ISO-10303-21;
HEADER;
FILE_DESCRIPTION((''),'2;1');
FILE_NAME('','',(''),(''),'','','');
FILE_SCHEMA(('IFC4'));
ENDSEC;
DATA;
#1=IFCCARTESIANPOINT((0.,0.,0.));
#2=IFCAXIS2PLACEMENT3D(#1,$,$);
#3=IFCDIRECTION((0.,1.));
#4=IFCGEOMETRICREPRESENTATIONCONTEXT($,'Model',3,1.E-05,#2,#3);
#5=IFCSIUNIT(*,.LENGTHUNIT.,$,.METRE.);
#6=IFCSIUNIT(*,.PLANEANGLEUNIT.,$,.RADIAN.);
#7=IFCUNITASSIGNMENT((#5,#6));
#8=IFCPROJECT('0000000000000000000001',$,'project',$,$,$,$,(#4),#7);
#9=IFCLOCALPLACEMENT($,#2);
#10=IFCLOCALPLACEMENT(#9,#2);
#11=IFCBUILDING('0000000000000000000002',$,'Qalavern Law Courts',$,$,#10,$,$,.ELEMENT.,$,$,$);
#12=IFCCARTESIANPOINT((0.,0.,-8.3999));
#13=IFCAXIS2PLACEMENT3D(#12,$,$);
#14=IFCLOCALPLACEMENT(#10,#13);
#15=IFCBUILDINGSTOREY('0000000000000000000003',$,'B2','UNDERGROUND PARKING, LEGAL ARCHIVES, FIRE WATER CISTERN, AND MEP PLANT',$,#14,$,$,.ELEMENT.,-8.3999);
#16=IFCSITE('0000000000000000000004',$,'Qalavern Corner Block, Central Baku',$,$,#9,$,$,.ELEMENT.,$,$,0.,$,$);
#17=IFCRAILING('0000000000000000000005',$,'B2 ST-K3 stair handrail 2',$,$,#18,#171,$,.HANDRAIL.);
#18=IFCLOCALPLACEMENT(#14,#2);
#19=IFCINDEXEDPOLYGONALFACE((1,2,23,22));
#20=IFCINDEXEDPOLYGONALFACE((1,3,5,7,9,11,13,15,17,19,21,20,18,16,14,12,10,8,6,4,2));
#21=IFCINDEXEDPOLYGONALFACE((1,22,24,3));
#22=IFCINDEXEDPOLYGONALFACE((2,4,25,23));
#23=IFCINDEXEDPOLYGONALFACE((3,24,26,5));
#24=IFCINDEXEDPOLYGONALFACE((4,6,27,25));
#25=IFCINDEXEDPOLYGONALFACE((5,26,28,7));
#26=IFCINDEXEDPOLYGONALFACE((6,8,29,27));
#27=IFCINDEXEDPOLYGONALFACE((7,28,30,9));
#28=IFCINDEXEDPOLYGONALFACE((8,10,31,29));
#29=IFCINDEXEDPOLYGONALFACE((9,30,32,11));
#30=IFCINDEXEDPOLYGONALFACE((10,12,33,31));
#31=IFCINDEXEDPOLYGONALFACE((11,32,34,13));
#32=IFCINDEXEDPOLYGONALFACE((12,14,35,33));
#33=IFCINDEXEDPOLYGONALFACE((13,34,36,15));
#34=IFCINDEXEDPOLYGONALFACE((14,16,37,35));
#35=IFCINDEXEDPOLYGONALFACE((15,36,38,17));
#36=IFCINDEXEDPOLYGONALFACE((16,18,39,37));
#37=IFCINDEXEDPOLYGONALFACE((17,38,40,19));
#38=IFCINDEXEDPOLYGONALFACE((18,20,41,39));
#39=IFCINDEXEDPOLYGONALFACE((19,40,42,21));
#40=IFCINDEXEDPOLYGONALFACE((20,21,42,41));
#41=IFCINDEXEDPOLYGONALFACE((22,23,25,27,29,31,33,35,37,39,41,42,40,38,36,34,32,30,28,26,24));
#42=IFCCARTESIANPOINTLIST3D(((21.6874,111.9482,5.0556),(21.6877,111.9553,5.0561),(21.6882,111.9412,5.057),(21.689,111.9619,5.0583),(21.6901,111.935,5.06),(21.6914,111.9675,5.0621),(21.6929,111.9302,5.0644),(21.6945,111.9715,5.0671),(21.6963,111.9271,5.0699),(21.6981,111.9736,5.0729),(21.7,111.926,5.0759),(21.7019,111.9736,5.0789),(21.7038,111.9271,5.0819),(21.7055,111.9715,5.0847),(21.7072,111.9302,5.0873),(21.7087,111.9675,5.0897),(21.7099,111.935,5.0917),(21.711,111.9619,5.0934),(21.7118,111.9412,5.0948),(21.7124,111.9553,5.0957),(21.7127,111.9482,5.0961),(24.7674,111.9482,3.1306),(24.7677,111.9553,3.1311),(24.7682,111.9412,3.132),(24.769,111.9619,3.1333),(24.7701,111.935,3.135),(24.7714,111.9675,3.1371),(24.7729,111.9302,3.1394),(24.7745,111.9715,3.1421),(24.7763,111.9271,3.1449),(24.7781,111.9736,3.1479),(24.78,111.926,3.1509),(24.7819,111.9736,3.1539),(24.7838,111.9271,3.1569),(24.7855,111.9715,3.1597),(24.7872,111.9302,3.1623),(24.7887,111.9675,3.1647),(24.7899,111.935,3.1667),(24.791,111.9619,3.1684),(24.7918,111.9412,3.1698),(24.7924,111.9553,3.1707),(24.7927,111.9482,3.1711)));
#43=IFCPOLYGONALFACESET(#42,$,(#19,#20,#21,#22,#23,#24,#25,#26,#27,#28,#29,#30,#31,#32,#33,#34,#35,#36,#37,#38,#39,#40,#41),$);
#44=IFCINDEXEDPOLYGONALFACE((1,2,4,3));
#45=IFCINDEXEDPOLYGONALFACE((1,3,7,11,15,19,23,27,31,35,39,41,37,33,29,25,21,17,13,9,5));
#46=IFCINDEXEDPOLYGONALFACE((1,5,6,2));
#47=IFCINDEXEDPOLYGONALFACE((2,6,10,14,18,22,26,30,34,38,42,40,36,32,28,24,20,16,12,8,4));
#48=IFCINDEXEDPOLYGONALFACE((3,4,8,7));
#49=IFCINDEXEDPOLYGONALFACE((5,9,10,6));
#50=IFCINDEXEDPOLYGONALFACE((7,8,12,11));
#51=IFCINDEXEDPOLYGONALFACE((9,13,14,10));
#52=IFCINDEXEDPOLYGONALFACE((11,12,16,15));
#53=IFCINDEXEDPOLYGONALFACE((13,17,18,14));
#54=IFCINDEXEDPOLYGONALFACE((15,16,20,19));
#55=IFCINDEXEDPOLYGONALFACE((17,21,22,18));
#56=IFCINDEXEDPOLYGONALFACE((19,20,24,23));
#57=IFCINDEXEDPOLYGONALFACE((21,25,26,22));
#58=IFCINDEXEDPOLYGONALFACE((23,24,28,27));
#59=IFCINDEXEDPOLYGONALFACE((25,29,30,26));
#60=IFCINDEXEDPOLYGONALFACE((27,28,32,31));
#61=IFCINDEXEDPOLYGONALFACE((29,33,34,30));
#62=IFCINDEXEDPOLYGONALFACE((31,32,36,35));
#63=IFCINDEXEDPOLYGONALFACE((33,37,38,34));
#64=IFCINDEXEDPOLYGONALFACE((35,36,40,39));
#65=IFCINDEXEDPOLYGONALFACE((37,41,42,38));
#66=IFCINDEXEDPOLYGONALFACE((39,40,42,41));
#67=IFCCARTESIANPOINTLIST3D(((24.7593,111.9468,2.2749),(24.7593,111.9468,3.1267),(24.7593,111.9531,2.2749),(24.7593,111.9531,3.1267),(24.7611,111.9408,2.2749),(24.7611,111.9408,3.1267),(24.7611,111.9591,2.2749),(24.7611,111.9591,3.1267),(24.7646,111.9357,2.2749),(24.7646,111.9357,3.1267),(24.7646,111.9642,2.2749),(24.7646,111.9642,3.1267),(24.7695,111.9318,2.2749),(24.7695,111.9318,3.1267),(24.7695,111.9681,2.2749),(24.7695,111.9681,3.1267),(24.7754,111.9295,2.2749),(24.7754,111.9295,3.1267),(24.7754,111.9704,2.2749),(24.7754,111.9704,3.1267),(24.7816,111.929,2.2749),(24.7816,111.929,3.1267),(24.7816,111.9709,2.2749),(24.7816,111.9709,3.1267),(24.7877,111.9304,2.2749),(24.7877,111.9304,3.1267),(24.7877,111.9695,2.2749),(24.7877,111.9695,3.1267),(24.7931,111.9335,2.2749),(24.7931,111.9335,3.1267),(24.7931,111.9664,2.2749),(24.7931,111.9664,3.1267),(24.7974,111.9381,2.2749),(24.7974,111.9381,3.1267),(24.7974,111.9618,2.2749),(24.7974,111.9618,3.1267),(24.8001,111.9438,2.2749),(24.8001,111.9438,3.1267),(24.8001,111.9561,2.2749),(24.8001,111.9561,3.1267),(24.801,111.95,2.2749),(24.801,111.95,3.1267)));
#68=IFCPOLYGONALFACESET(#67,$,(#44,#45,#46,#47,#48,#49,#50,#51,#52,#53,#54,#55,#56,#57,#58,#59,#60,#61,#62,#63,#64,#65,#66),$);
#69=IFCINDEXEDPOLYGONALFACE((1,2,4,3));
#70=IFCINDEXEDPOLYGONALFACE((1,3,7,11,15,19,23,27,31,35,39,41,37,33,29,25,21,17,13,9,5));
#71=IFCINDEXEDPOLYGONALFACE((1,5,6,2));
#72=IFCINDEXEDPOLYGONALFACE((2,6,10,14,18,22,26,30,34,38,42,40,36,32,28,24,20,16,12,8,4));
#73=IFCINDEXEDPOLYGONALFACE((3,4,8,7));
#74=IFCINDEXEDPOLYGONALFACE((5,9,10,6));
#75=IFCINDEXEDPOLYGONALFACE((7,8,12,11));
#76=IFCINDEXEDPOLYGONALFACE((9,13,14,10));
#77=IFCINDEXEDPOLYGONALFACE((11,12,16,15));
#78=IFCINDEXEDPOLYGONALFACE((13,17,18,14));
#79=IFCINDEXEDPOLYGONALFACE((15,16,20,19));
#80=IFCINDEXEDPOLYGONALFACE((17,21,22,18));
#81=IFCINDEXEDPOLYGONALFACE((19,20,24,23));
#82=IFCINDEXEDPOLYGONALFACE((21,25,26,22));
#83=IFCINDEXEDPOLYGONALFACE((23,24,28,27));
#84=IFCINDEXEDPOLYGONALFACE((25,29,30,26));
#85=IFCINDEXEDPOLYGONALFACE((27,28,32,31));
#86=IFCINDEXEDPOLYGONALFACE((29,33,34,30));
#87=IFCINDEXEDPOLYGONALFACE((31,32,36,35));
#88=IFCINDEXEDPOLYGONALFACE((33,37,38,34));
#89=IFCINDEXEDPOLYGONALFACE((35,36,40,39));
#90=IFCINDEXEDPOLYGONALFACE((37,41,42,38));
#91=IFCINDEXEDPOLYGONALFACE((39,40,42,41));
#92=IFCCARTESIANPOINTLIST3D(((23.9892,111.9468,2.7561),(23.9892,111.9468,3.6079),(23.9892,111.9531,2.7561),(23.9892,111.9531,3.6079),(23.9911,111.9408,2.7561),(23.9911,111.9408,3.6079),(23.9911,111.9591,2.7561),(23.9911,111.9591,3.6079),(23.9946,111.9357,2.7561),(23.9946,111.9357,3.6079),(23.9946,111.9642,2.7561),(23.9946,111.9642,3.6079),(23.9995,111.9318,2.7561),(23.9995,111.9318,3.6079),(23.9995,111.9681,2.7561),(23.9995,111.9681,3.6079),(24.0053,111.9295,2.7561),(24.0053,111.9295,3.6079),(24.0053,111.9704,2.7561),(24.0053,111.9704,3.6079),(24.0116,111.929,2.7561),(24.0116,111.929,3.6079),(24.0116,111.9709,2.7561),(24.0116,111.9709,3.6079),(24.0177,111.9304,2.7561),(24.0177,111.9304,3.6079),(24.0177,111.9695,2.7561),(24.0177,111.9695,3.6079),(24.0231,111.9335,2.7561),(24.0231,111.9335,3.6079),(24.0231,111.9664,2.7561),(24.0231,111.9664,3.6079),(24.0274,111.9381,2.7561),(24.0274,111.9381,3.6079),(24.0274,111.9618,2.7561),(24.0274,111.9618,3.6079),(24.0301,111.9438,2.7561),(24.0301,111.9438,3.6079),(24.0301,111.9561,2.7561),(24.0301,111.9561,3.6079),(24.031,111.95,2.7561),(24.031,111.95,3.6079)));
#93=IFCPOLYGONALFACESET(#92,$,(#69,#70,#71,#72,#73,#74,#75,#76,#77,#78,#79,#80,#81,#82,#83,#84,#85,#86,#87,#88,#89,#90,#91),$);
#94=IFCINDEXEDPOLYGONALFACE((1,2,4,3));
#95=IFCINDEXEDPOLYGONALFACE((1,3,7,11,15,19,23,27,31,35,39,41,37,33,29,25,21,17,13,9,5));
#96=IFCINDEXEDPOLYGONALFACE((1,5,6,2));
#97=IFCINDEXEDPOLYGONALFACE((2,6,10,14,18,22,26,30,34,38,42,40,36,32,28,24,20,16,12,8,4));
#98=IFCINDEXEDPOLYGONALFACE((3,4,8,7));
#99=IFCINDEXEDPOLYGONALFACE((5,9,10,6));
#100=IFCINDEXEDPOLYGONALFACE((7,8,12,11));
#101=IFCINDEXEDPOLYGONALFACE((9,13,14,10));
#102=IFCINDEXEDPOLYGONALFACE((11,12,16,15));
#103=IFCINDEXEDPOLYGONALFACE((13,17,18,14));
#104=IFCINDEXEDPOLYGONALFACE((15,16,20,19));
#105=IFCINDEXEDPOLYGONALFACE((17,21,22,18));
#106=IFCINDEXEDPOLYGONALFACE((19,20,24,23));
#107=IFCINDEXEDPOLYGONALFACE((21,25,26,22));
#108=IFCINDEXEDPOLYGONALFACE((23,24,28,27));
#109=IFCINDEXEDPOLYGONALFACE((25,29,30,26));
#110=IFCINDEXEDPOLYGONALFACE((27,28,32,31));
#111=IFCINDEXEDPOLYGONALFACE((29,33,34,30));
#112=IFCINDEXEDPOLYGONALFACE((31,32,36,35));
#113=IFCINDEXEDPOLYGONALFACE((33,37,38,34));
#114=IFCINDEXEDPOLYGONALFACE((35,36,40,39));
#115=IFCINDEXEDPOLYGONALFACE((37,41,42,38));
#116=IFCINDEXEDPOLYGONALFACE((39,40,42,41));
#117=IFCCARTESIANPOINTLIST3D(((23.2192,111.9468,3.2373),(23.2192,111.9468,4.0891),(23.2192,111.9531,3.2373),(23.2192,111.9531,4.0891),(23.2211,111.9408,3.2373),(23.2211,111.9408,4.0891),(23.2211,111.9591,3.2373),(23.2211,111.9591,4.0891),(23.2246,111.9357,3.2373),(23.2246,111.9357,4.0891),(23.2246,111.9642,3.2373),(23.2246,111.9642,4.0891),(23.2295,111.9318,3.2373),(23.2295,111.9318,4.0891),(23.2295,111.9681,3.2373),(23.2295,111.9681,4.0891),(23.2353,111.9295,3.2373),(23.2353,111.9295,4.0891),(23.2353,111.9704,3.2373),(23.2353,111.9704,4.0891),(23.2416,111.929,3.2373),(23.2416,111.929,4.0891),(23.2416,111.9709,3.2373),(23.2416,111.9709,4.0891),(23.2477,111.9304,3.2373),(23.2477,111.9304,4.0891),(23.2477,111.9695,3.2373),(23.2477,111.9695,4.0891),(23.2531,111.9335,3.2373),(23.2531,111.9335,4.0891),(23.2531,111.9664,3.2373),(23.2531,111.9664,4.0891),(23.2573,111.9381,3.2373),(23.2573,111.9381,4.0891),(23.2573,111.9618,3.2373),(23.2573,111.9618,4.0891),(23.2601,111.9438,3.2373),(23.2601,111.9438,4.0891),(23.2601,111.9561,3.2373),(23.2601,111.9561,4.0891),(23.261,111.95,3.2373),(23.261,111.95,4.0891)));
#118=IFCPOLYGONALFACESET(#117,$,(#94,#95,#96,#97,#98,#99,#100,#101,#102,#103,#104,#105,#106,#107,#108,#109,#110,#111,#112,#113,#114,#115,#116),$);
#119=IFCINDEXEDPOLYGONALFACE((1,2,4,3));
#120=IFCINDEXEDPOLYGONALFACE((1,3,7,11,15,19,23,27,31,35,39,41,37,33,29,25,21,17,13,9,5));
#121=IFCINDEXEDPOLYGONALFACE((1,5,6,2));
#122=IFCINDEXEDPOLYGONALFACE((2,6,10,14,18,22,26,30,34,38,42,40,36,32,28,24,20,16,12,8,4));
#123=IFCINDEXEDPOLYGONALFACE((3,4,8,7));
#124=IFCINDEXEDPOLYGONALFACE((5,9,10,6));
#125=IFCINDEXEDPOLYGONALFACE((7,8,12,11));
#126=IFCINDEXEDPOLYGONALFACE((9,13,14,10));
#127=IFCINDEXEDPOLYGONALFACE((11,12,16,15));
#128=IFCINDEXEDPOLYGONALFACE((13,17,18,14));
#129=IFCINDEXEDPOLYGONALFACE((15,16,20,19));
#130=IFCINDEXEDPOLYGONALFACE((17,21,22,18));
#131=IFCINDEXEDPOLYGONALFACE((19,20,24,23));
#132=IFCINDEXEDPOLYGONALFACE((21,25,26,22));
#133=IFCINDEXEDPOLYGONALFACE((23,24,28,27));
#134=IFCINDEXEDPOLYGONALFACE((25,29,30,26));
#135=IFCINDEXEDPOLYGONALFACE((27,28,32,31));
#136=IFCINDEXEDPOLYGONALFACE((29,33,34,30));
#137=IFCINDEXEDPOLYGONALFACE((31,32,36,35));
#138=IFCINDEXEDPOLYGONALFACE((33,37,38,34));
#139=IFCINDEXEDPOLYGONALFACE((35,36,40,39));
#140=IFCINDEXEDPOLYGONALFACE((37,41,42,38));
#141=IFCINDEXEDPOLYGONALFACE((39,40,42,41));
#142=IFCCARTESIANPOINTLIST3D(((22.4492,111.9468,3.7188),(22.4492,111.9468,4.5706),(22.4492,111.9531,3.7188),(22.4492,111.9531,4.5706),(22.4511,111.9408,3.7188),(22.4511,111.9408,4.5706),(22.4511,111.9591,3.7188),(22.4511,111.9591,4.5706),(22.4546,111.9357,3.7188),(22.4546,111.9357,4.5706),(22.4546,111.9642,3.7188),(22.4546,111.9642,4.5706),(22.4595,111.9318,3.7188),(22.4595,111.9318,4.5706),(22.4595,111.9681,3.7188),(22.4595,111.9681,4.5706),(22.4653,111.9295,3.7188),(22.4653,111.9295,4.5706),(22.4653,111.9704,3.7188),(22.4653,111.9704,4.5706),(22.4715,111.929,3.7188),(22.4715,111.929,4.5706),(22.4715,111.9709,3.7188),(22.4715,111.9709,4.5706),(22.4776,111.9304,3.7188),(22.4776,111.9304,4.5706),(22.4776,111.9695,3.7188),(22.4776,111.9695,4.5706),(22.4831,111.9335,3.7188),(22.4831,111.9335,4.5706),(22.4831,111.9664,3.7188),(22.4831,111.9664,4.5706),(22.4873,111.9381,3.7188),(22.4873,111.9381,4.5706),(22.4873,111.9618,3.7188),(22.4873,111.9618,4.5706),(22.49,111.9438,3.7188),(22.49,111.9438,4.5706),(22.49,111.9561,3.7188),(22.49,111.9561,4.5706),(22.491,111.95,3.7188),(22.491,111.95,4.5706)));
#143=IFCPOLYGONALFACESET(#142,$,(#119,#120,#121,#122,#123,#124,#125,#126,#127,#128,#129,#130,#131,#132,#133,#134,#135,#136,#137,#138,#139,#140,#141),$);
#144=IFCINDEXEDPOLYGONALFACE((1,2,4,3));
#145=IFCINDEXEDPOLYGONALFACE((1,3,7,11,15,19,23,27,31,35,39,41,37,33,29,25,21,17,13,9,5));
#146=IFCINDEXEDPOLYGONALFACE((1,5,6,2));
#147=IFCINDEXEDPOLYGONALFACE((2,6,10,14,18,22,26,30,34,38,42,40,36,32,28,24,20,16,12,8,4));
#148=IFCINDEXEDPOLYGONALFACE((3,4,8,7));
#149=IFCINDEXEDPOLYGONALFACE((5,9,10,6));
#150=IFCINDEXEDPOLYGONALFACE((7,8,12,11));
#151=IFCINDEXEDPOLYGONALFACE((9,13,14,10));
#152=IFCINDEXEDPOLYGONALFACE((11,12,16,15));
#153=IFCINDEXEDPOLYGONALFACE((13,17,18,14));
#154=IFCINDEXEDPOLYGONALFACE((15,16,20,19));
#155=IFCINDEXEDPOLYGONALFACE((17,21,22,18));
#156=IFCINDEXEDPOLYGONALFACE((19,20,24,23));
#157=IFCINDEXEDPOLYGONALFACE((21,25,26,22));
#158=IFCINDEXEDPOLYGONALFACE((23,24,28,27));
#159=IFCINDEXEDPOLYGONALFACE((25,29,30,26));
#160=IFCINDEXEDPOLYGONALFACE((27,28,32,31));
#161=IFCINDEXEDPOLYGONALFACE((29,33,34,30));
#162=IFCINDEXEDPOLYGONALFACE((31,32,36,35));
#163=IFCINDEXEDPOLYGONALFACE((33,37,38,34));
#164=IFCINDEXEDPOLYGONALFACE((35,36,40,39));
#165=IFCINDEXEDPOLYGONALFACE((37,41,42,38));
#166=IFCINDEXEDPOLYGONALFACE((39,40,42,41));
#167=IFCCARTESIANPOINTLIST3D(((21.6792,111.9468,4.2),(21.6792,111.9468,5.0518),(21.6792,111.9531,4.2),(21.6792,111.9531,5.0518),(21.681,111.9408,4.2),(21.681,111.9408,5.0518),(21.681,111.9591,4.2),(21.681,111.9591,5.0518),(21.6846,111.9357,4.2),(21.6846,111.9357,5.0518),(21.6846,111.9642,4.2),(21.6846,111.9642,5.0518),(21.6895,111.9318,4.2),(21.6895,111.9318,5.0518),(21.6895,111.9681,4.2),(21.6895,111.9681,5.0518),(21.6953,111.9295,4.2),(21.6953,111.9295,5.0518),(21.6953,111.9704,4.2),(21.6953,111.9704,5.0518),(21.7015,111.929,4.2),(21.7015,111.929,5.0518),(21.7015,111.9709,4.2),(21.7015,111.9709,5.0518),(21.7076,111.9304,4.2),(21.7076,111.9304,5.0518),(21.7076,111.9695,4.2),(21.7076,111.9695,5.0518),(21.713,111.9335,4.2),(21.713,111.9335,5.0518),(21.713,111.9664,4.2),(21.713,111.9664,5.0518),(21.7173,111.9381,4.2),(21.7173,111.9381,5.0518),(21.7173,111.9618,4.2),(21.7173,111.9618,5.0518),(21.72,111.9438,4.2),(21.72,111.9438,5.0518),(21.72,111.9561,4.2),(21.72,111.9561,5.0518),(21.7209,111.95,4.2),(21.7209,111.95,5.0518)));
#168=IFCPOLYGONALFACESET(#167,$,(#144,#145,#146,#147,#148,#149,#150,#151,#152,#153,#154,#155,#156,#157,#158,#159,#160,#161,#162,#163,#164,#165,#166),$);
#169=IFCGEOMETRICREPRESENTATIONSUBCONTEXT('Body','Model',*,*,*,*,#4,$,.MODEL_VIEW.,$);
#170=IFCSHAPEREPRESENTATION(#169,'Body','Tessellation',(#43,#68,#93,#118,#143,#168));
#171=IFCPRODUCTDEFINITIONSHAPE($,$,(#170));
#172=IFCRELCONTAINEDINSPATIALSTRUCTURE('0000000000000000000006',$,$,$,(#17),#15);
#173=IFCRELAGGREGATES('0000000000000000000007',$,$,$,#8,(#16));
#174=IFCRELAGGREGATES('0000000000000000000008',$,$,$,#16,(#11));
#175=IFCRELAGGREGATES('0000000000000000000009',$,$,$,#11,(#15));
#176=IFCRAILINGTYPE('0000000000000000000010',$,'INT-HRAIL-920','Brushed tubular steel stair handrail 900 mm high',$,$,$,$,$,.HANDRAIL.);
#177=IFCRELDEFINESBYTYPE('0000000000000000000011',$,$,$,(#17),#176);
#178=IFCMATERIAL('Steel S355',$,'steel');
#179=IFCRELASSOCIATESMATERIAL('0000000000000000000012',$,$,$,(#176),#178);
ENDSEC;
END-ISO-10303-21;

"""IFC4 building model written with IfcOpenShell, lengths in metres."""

from ifc_helpers import new_model, si_unit, direction, frame, origin, origin_2d, place, context, subcontext, project, spatial, circle, extrude, material, type_object, element, save


model = new_model("IFC4")

# Units and contexts
model_context = context("Model", 3, precision=1e-05, world=origin(), true_north=direction((0.0, 1.0)))
body_context = subcontext(model_context, "Body", "Model", "MODEL_VIEW")
ifc_project = project(units=[si_unit("LENGTHUNIT", "METRE"), si_unit("PLANEANGLEUNIT", "RADIAN")], contexts=[model_context])

# Site, building, storey
site_placement = place(None, origin())
site = spatial("IfcSite", under=ifc_project, at=site_placement, Name="Qalavern Corner Block, Central Baku", CompositionType="ELEMENT", RefElevation=0.0)
building_placement = place(site_placement, origin())
building = spatial("IfcBuilding", under=site, at=building_placement, Name="Qalavern Law Courts", CompositionType="ELEMENT")
storey_placement = place(building_placement, frame((0.0, 0.0, -8.3999)))
storey = spatial("IfcBuildingStorey", under=building, at=storey_placement, Name="B2", Description="UNDERGROUND PARKING, LEGAL ARCHIVES, FIRE WATER CISTERN, AND MEP PLANT", CompositionType="ELEMENT", Elevation=-8.3999)

# Railing
ifc_material_1 = material(Name="Steel S355", Category="steel")
railing_type_1 = type_object("IfcRailingType", Name="INT-HRAIL-920", Description="Brushed tubular steel stair handrail 900 mm high", PredefinedType="HANDRAIL", material=ifc_material_1)
railing_1_placement = place(storey_placement, frame((24.78, 111.95, 2.2749)))
element("IfcRailing", 1, at=railing_1_placement, inside=storey, type_object=railing_type_1, Name="B2 ST-K3 stair handrail 2", PredefinedType="HANDRAIL", context=body_context, shape_type="SweptSolid", body=[
    extrude(circle(Radius=0.0239, at=origin_2d()), frame((0.0, 0.0, 0.876), z_axis=(-0.847998, 0.0, 0.529999), x_axis=(0.0, -1.0, 0.0)), (0.0, 0.0, 1.0), 3.6321),
    extrude(circle(Radius=0.021, at=origin_2d()), origin(), (0.0, 0.0, 1.0), 0.8518),
    extrude(circle(Radius=0.021, at=origin_2d()), frame((-0.77, 0.0, 0.4812)), (0.0, 0.0, 1.0), 0.8518),
    extrude(circle(Radius=0.021, at=origin_2d()), frame((-1.54, 0.0, 0.9624)), (0.0, 0.0, 1.0), 0.8518),
    extrude(circle(Radius=0.021, at=origin_2d()), frame((-2.3101, 0.0, 1.4438)), (0.0, 0.0, 1.0), 0.8518),
    extrude(circle(Radius=0.021, at=origin_2d()), frame((-3.0801, 0.0, 1.925)), (0.0, 0.0, 1.0), 0.8518),
])

save(model, "model.ifc")
